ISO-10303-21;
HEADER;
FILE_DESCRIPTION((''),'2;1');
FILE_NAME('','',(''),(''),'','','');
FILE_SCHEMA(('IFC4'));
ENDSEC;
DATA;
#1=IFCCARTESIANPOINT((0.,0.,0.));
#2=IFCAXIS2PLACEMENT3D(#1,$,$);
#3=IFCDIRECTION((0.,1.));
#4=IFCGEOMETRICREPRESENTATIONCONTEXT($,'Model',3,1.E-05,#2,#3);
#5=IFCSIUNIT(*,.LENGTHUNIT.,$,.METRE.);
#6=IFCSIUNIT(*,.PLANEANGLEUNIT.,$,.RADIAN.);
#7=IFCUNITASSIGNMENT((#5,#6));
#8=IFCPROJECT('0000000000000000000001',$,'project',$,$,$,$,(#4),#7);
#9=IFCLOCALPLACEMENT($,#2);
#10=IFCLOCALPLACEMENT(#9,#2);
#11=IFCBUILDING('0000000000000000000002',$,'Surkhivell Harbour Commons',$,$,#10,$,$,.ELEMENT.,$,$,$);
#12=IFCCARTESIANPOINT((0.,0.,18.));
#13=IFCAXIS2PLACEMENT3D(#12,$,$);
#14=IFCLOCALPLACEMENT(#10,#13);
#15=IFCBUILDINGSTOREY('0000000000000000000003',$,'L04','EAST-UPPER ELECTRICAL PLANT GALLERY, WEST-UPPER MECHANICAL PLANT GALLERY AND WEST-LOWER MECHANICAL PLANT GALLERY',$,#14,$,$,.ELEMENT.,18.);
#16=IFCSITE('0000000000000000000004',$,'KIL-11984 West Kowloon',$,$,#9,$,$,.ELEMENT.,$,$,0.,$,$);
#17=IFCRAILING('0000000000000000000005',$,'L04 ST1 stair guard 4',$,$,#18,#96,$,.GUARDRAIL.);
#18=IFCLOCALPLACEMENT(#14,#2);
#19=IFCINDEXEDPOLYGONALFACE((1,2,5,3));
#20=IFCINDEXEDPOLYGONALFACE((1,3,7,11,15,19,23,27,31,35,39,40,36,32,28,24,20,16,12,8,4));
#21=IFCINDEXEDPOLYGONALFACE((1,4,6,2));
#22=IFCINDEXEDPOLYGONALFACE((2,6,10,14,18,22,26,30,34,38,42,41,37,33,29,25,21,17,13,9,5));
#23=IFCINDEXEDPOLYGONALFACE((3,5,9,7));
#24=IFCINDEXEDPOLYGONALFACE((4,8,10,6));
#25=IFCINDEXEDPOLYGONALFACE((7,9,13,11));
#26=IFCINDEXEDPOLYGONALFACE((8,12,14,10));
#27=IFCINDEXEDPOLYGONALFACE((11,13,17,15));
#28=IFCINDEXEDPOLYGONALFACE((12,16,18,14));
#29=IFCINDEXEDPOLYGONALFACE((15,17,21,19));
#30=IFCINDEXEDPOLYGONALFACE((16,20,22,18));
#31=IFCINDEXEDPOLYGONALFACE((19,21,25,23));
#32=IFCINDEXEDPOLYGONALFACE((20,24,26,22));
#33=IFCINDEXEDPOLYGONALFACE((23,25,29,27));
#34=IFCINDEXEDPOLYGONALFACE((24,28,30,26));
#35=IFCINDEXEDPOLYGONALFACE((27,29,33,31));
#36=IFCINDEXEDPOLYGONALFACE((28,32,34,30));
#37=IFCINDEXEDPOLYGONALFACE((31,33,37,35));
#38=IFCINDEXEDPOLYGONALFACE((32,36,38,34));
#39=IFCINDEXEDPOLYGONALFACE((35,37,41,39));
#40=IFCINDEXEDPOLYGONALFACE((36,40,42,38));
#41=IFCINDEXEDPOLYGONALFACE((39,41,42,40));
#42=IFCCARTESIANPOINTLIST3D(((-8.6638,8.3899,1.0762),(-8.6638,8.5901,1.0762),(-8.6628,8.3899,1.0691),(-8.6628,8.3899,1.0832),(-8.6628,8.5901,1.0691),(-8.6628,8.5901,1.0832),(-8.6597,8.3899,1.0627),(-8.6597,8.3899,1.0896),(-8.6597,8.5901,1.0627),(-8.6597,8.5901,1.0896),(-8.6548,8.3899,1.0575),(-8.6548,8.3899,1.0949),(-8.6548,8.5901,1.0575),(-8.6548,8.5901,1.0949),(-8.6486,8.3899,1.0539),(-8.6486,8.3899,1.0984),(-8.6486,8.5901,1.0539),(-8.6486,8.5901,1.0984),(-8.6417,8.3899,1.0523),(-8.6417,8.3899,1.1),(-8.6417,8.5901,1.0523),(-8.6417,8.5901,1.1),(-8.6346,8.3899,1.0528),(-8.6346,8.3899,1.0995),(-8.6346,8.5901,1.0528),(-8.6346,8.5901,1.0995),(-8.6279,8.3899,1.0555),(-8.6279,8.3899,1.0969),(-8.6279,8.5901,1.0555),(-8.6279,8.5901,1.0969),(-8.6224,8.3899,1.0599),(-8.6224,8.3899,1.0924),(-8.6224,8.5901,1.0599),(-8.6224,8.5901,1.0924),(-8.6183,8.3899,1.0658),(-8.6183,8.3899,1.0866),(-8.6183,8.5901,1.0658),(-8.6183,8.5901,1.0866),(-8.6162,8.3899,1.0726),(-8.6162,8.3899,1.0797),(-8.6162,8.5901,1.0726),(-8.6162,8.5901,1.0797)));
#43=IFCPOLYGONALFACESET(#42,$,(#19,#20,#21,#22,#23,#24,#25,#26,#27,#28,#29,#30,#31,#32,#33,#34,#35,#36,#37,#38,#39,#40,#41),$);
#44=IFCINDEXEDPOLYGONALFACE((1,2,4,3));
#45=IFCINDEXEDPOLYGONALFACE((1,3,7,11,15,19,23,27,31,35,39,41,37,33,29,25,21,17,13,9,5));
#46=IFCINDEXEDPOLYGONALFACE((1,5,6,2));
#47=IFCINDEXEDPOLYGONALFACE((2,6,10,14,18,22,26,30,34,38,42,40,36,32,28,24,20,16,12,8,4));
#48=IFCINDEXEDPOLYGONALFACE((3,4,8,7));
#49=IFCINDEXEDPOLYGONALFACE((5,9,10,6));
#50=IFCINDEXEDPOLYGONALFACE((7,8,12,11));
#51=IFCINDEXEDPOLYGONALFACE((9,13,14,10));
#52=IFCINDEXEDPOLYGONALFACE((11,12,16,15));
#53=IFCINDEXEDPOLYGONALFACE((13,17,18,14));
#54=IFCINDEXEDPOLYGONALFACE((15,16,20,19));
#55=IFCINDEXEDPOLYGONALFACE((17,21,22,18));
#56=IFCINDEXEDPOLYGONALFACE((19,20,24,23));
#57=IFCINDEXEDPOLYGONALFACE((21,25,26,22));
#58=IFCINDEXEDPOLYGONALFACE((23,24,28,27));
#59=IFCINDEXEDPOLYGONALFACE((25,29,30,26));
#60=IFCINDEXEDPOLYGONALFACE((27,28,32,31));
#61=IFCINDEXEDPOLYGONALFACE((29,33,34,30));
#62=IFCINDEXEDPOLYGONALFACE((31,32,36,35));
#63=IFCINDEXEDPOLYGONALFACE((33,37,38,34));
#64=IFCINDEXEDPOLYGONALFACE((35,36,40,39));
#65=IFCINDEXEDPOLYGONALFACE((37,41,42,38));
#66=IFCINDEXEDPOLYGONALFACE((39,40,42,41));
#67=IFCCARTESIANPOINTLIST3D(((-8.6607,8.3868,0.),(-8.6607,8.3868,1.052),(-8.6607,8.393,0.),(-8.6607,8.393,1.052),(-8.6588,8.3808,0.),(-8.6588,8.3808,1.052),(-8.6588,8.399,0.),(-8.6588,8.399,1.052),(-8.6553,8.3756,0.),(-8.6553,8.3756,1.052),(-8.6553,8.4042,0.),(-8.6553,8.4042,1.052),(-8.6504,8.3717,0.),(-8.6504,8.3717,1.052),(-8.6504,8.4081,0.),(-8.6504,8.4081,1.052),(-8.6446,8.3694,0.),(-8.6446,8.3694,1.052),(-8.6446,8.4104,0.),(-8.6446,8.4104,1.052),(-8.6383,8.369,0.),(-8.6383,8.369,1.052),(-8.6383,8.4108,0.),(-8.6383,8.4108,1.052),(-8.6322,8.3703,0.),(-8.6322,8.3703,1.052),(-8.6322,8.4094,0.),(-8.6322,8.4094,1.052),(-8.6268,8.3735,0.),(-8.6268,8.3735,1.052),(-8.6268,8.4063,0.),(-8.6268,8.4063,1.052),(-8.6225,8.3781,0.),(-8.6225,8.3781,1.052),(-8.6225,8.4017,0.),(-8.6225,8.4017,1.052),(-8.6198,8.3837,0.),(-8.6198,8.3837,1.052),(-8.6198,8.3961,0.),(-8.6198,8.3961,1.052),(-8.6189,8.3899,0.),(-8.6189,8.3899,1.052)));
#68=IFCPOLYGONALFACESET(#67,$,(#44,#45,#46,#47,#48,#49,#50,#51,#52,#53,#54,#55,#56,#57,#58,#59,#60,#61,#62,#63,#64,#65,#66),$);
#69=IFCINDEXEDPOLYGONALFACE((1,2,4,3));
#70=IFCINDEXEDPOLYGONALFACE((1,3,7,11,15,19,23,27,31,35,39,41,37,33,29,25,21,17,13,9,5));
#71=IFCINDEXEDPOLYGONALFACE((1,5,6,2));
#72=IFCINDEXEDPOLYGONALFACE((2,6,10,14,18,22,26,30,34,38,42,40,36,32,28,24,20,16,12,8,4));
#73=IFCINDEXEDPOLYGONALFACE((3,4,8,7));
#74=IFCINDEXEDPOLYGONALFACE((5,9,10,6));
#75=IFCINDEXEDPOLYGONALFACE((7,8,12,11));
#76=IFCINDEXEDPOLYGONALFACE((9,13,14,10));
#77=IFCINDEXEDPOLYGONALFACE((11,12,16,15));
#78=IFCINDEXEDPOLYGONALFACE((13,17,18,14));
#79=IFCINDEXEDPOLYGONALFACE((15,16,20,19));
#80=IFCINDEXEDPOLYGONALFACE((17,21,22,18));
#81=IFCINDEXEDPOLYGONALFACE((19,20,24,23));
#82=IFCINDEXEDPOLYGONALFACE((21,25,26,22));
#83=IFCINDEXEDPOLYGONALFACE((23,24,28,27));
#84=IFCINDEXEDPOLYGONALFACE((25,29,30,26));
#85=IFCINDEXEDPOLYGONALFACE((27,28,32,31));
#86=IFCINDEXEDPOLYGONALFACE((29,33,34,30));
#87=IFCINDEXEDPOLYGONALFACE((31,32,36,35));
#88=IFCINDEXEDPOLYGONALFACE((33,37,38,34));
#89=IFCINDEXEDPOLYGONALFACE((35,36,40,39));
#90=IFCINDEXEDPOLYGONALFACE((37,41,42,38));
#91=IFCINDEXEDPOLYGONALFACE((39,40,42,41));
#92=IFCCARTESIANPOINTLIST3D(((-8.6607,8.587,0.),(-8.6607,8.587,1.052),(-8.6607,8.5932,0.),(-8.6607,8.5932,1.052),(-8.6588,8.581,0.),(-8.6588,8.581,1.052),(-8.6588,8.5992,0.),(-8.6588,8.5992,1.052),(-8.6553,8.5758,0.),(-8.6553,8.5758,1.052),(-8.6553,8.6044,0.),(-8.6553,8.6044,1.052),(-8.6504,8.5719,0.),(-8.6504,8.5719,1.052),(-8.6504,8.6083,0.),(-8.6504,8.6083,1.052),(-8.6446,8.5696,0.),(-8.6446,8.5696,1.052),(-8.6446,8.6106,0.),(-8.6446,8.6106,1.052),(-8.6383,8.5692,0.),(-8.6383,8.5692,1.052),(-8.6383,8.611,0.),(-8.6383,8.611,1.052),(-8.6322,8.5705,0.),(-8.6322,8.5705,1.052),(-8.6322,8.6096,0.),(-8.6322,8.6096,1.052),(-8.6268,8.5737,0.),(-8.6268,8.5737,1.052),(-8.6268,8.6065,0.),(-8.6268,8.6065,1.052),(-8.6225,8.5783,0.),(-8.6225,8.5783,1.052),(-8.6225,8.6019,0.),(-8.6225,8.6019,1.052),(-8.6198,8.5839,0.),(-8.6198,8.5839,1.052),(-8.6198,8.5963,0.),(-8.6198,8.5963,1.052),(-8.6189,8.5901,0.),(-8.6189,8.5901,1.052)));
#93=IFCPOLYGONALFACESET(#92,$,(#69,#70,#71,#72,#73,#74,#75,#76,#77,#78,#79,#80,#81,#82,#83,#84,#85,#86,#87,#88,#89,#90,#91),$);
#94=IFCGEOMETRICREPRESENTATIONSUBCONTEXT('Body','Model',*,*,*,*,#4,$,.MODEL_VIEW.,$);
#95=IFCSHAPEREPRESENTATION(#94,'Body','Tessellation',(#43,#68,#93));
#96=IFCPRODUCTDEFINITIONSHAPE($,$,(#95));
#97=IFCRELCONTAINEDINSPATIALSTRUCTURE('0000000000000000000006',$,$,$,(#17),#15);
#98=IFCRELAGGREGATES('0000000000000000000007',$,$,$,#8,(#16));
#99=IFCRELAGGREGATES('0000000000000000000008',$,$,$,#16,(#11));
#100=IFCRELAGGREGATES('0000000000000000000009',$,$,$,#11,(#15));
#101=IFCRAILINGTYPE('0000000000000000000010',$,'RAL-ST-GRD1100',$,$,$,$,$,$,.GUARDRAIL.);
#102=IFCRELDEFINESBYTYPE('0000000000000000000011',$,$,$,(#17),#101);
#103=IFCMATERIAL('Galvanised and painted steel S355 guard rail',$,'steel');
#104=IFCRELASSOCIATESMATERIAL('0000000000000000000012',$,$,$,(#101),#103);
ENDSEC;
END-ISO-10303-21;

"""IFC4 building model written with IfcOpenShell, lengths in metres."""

from ifc_helpers import new_model, si_unit, direction, frame, origin, origin_2d, place, context, subcontext, project, spatial, circle, extrude, material, type_object, element, save


model = new_model("IFC4")

# Units and contexts
model_context = context("Model", 3, precision=1e-05, world=origin(), true_north=direction((0.0, 1.0)))
body_context = subcontext(model_context, "Body", "Model", "MODEL_VIEW")
ifc_project = project(units=[si_unit("LENGTHUNIT", "METRE"), si_unit("PLANEANGLEUNIT", "RADIAN")], contexts=[model_context])

# Site, building, storey
site_placement = place(None, origin())
site = spatial("IfcSite", under=ifc_project, at=site_placement, Name="KIL-11984 West Kowloon", CompositionType="ELEMENT", RefElevation=0.0)
building_placement = place(site_placement, origin())
building = spatial("IfcBuilding", under=site, at=building_placement, Name="Surkhivell Harbour Commons", CompositionType="ELEMENT")
storey_placement = place(building_placement, frame((0.0, 0.0, 18.0)))
storey = spatial("IfcBuildingStorey", under=building, at=storey_placement, Name="L04", Description="EAST-UPPER ELECTRICAL PLANT GALLERY, WEST-UPPER MECHANICAL PLANT GALLERY AND WEST-LOWER MECHANICAL PLANT GALLERY", CompositionType="ELEMENT", Elevation=18.0)

# Railing
ifc_material_1 = material(Name="Galvanised and painted steel S355 guard rail", Category="steel")
railing_type_1 = type_object("IfcRailingType", Name="RAL-ST-GRD1100", PredefinedType="GUARDRAIL", material=ifc_material_1)
railing_1_placement = place(storey_placement, frame((-8.6399, 8.3899, 0.0)))
element("IfcRailing", 1, at=railing_1_placement, inside=storey, type_object=railing_type_1, Name="L04 ST1 stair guard 4", PredefinedType="GUARDRAIL", context=body_context, shape_type="SweptSolid", body=[
    extrude(circle(Radius=0.0239, at=origin_2d()), frame((0.0, 0.0, 1.0762), z_axis=(0.0, 1.0, 0.0), x_axis=(-1.0, 0.0, 0.0)), (0.0, 0.0, 1.0), 0.2002),
    extrude(circle(Radius=0.021, at=origin_2d()), origin(), (0.0, 0.0, 1.0), 1.052),
    extrude(circle(Radius=0.021, at=origin_2d()), frame((0.0, 0.2002, 0.0)), (0.0, 0.0, 1.0), 1.052),
])

save(model, "model.ifc")
